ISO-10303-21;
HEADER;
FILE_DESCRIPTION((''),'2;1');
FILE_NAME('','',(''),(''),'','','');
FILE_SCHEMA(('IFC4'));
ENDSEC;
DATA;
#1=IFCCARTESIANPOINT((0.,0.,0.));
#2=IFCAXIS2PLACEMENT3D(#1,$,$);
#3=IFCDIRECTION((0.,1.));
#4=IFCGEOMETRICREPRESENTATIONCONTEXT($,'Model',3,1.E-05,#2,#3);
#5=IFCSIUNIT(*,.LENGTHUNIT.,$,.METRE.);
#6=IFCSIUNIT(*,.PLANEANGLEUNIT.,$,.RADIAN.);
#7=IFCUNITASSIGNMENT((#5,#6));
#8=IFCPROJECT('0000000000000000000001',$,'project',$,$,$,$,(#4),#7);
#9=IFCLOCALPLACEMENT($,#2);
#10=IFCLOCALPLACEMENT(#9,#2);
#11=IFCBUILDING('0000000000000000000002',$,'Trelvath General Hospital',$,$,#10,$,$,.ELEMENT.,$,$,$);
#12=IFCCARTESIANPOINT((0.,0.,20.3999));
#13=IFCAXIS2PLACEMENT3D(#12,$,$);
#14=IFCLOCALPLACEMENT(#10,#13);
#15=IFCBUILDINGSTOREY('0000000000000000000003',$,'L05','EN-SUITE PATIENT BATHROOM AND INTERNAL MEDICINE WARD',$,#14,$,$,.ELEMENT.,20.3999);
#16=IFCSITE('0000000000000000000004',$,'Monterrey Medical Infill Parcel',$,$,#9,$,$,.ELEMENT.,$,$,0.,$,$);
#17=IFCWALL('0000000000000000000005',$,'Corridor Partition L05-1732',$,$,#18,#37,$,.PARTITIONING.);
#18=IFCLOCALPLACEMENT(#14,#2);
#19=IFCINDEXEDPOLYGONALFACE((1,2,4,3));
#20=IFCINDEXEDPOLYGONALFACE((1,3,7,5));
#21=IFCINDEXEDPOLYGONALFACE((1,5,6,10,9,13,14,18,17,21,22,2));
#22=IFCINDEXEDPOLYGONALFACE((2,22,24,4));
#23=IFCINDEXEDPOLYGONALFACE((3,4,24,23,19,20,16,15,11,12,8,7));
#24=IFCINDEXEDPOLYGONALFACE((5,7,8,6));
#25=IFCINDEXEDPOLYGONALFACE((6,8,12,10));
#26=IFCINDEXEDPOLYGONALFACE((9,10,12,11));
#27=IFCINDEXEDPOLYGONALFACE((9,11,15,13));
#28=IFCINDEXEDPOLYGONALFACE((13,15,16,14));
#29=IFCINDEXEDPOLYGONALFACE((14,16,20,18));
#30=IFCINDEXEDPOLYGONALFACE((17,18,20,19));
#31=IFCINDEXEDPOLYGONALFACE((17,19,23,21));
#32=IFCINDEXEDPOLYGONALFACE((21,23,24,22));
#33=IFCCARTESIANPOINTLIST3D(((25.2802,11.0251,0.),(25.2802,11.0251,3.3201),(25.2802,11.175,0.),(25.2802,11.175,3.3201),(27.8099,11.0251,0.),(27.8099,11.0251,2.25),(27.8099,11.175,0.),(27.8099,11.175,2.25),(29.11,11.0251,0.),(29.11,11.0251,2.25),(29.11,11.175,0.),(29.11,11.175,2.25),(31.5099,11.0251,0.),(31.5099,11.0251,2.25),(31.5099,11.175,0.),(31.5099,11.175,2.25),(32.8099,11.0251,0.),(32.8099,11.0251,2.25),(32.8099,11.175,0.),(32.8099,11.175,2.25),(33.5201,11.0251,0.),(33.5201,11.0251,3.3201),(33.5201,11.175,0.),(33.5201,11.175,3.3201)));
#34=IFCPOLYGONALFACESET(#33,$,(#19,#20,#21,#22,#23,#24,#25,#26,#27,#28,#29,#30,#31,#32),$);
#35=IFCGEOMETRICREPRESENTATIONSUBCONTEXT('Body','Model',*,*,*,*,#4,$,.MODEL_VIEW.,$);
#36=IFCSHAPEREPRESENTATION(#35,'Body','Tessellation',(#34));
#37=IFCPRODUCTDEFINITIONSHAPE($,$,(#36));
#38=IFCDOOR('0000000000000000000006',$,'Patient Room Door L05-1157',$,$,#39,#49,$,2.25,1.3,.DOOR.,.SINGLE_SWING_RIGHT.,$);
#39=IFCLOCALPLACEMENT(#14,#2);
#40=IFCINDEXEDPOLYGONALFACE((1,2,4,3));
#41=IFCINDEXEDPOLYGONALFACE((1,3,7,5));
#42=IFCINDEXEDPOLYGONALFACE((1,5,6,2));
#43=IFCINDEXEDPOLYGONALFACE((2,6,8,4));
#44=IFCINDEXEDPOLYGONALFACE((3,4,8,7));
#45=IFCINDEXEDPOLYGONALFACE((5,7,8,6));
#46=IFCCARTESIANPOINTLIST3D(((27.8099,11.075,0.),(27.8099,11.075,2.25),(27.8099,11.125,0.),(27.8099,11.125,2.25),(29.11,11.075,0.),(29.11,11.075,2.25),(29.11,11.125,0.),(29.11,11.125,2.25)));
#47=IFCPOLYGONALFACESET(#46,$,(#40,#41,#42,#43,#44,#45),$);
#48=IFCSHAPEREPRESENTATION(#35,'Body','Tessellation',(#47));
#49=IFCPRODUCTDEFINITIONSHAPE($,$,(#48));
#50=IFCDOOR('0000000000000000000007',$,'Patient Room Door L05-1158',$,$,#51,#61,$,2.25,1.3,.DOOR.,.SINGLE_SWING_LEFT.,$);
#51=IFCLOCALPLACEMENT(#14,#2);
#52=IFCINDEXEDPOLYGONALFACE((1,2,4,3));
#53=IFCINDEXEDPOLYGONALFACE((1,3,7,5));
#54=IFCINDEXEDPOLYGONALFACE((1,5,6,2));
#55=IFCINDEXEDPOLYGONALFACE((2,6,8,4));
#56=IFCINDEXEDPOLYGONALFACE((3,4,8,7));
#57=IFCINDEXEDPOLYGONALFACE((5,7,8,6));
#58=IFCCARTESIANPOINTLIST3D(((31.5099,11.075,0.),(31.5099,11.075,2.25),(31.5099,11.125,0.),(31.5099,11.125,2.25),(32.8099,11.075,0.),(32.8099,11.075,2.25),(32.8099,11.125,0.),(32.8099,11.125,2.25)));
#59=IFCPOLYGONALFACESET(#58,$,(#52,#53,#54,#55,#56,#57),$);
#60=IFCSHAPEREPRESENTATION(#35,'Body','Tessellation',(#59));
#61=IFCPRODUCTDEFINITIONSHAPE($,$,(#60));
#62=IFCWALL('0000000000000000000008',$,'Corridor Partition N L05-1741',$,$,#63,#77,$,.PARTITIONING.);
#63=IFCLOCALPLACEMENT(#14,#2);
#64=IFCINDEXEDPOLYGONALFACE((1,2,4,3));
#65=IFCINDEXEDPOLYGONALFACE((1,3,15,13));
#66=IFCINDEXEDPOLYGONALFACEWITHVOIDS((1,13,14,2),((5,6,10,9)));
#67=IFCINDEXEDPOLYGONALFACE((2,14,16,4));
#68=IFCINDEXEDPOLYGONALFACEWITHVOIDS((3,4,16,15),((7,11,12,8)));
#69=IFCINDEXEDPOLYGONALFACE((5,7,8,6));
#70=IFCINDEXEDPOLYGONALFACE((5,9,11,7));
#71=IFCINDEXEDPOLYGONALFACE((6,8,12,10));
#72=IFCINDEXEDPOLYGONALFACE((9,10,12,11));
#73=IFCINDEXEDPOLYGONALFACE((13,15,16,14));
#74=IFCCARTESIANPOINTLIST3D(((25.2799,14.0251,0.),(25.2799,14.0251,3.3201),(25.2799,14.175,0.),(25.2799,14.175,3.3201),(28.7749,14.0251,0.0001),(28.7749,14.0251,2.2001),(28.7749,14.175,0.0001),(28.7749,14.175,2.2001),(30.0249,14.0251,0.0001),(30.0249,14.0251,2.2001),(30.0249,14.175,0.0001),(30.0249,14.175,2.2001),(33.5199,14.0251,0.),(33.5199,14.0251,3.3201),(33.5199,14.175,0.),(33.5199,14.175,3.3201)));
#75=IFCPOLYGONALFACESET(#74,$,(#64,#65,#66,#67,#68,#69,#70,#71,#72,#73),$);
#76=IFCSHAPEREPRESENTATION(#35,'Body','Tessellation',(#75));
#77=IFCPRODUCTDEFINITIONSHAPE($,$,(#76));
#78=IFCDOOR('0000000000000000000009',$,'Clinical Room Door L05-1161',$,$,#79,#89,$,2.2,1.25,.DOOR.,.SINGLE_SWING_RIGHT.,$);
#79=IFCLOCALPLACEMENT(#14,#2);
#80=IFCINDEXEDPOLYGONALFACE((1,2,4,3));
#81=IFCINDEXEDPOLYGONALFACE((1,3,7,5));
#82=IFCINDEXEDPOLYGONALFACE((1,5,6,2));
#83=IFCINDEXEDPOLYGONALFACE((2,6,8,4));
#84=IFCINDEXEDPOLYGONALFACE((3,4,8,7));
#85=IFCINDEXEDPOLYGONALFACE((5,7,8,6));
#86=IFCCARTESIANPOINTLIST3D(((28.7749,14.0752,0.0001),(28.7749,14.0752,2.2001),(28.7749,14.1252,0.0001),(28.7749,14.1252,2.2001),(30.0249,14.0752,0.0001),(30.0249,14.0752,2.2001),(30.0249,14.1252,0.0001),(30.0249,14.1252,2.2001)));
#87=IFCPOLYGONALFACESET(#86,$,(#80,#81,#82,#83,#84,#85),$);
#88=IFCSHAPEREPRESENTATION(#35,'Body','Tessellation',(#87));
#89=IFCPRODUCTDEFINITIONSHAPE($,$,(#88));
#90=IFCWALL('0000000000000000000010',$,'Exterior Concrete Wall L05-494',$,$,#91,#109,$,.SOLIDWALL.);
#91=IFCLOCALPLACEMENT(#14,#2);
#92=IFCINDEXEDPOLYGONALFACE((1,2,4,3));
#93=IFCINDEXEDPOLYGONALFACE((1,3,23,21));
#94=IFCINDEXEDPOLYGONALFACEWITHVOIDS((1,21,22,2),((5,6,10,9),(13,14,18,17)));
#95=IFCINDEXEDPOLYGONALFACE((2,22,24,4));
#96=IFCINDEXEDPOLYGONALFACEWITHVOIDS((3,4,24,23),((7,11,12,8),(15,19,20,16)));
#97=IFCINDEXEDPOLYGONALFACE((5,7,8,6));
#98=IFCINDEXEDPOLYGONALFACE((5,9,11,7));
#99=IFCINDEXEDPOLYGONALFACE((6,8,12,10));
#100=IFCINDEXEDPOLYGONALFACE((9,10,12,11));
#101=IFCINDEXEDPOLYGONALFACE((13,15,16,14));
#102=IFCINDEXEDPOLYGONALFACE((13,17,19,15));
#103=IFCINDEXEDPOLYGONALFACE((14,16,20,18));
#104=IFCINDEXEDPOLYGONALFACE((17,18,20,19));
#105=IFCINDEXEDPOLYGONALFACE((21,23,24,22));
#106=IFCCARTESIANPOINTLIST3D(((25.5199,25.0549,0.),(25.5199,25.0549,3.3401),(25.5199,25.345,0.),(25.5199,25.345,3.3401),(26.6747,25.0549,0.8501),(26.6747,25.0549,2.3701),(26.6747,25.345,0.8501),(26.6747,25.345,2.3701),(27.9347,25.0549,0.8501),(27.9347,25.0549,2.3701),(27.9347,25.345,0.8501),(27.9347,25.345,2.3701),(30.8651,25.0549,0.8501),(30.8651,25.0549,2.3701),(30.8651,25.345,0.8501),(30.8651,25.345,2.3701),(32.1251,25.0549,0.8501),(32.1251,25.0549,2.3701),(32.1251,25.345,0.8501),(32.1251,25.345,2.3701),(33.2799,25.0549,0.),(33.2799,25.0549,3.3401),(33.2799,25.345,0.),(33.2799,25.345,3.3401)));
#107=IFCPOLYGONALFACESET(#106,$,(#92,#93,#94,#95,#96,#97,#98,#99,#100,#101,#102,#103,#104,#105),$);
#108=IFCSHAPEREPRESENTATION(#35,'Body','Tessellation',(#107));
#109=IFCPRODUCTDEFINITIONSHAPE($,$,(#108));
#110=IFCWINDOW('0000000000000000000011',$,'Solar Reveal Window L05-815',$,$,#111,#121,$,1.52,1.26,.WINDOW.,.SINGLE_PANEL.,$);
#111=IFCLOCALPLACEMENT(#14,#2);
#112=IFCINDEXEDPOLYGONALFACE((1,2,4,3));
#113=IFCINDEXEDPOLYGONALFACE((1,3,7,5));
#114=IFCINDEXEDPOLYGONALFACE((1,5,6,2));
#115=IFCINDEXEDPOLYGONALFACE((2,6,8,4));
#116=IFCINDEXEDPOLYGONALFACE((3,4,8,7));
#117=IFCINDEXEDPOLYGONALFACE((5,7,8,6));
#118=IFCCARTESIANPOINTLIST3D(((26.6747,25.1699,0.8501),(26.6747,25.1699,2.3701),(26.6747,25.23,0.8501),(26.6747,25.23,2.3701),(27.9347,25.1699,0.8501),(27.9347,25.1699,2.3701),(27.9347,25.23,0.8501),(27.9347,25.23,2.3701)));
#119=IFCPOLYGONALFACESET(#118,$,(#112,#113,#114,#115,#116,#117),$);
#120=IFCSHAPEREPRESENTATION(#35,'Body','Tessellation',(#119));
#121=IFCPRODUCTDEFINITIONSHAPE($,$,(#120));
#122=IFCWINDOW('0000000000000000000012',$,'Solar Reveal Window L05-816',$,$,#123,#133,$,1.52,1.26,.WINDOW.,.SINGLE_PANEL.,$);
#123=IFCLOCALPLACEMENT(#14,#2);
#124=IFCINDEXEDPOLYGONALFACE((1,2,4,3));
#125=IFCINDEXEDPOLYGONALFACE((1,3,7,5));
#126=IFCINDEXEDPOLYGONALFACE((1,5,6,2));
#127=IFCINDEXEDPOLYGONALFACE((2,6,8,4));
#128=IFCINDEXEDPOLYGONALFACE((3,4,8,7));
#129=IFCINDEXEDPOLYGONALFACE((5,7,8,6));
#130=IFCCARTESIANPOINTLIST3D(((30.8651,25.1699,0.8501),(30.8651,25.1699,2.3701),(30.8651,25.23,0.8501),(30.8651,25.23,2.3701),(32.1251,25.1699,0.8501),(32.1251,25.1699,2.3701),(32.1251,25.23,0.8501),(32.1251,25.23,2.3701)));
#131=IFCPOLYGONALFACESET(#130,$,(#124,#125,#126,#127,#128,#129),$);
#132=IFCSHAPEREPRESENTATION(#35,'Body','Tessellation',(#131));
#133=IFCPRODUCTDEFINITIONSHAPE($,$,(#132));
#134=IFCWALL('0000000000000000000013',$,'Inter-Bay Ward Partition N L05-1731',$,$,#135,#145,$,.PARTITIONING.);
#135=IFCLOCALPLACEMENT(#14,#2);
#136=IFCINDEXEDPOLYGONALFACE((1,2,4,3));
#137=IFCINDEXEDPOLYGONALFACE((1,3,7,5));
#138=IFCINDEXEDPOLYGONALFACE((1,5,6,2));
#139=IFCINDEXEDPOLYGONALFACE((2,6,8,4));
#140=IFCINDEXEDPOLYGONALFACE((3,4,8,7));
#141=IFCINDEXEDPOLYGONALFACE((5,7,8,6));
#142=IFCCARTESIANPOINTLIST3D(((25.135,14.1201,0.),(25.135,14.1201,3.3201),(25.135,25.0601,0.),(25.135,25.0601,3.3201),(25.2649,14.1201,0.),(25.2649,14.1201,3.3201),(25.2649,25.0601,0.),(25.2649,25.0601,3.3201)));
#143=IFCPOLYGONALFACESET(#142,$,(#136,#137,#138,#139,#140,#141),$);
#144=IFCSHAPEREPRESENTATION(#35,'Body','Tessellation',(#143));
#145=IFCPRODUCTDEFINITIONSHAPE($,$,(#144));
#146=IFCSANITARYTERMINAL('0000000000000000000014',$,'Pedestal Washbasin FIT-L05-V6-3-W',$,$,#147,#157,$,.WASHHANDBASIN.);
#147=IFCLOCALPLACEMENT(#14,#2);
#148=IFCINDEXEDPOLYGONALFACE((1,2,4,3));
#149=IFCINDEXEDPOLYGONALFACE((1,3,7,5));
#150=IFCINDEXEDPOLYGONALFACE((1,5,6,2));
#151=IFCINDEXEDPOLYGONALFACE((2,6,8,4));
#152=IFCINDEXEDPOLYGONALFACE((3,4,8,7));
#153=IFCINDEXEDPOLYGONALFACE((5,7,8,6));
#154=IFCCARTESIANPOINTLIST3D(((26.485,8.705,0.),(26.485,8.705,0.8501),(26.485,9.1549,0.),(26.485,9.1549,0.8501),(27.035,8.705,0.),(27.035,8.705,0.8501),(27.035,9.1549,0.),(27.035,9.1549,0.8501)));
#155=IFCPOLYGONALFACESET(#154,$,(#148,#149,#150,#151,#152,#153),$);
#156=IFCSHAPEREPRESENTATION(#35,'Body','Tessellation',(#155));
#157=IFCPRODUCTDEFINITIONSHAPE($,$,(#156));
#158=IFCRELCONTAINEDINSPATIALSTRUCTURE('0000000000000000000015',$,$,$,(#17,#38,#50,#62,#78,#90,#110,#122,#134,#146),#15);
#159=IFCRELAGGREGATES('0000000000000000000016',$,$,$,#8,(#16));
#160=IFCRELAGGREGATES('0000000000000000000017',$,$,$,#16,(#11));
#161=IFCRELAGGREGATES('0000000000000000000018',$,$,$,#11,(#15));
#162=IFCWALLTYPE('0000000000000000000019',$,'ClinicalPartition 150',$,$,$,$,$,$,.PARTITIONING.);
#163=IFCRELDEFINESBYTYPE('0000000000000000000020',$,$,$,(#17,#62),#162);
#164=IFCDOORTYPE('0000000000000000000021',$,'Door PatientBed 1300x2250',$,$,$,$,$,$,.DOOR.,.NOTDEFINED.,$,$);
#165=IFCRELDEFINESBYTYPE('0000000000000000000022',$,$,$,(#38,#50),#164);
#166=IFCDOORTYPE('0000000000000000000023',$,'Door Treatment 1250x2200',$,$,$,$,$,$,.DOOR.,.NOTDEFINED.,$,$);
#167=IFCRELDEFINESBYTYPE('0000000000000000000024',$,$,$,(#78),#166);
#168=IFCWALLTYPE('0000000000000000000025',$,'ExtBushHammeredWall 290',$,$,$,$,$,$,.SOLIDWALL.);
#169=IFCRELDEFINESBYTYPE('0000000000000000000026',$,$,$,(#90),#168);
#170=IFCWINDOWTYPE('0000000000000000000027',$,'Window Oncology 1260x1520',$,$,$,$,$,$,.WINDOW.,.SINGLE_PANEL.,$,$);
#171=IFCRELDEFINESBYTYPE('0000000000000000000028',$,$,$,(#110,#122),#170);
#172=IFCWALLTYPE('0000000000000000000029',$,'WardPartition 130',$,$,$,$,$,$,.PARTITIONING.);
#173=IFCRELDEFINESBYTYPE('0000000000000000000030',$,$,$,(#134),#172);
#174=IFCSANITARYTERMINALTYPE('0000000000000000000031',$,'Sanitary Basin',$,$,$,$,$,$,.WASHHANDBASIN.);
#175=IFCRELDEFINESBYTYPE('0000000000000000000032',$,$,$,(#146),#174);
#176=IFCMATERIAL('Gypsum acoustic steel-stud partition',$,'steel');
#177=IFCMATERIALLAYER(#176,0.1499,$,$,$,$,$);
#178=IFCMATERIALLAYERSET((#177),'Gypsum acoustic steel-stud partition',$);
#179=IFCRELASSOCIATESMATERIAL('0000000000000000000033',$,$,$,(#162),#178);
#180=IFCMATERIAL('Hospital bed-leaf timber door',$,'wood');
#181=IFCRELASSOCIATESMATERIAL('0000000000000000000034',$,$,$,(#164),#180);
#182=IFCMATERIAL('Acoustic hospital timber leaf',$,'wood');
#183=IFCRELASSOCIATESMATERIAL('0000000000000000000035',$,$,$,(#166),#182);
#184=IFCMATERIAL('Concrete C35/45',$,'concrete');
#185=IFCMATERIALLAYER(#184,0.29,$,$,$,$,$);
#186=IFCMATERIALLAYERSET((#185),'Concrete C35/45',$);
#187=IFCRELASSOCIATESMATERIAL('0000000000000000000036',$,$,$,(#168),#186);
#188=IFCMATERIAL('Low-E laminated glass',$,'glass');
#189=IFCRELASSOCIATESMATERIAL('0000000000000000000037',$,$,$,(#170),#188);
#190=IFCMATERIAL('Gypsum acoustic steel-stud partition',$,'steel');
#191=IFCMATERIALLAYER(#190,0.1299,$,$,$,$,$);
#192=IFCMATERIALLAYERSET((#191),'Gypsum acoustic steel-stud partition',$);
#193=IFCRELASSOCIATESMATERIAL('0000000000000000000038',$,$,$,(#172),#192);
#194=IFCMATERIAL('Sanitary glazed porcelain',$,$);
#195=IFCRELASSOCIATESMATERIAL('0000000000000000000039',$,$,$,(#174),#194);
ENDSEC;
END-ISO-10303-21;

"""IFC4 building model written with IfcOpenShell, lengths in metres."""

from ifc_helpers import new_model, si_unit, direction, frame, frame_2d, origin, origin_2d, place, context, subcontext, project, spatial, rectangle, extrude, material, layer, layer_set, type_object, element, fill, save


model = new_model("IFC4")

# Units and contexts
model_context = context("Model", 3, precision=1e-05, world=origin(), true_north=direction((0.0, 1.0)))
body_context = subcontext(model_context, "Body", "Model", "MODEL_VIEW")
ifc_project = project(units=[si_unit("LENGTHUNIT", "METRE"), si_unit("PLANEANGLEUNIT", "RADIAN")], contexts=[model_context])

# Site, building, storey
site_placement = place(None, origin())
site = spatial("IfcSite", under=ifc_project, at=site_placement, Name="Monterrey Medical Infill Parcel", CompositionType="ELEMENT", RefElevation=0.0)
building_placement = place(site_placement, origin())
building = spatial("IfcBuilding", under=site, at=building_placement, Name="Trelvath General Hospital", CompositionType="ELEMENT")
storey_placement = place(building_placement, frame((0.0, 0.0, 20.3999)))
storey = spatial("IfcBuildingStorey", under=building, at=storey_placement, Name="L05", Description="EN-SUITE PATIENT BATHROOM AND INTERNAL MEDICINE WARD", CompositionType="ELEMENT", Elevation=20.3999)

# Wall, openings, doors
ifc_material_1 = material(Name="Gypsum acoustic steel-stud partition", Category="steel")
ifc_layer_1 = layer(ifc_material_1, 0.1499)
ifc_layer_set_1 = layer_set([ifc_layer_1], Name="Gypsum acoustic steel-stud partition")
wall_type_1 = type_object("IfcWallType", Name="ClinicalPartition 150", PredefinedType="PARTITIONING", material=ifc_layer_set_1)
ifc_material_2 = material(Name="Hospital bed-leaf timber door", Category="wood")
door_type_1 = type_object("IfcDoorType", Name="Door PatientBed 1300x2250", OperationType="NOTDEFINED", PredefinedType="DOOR", material=ifc_material_2)
wall_1_placement = place(storey_placement, frame((25.28, 11.1001, 0.0), z_axis=(0.0, 0.0, 1.0), x_axis=(1.0, 0.0, 0.0)))
wall_1 = element("IfcWall", 1, at=wall_1_placement, inside=storey, type_object=wall_type_1, Name="Corridor Partition L05-1732", PredefinedType="PARTITIONING", context=body_context, shape_type="SweptSolid", body=[
    extrude(rectangle(XDim=8.24, YDim=0.1499, at=frame_2d((4.1201, 0.0))), origin(), (0.0, 0.0, 1.0), 3.3201),
])
opening_1_placement = place(wall_1_placement, frame((2.53, 0.0, 0.0)))
opening_1 = element("IfcOpeningElement", 2, at=opening_1_placement, cuts=wall_1, PredefinedType="OPENING", context=body_context, shape_type="SweptSolid", body=[
    extrude(rectangle(XDim=1.3, YDim=2.25, at=frame_2d((0.6499, 1.125))), frame((0.0, 0.085, 0.0), z_axis=(0.0, -1.0, 0.0), x_axis=(1.0, 0.0, 0.0)), (0.0, 0.0, 1.0), 0.1699),
])
opening_2_placement = place(wall_1_placement, frame((6.23, 0.0, 0.0)))
opening_2 = element("IfcOpeningElement", 3, at=opening_2_placement, cuts=wall_1, PredefinedType="OPENING", context=body_context, shape_type="SweptSolid", body=[
    extrude(rectangle(XDim=1.3, YDim=2.25, at=frame_2d((0.6499, 1.125))), frame((0.0, 0.085, 0.0), z_axis=(0.0, -1.0, 0.0), x_axis=(1.0, 0.0, 0.0)), (0.0, 0.0, 1.0), 0.1699),
])
door_1_placement = place(opening_1_placement, origin())
door_1 = element("IfcDoor", 4, at=door_1_placement, inside=storey, type_object=door_type_1, Name="Patient Room Door L05-1157", OperationType="SINGLE_SWING_RIGHT", OverallHeight=2.25, OverallWidth=1.3, PredefinedType="DOOR", context=body_context, shape_type="SweptSolid", body=[
    extrude(rectangle(XDim=1.3, YDim=2.25, at=frame_2d((0.6499, 1.125))), frame((0.0, 0.0249, 0.0), z_axis=(0.0, -1.0, 0.0), x_axis=(1.0, 0.0, 0.0)), (0.0, 0.0, 1.0), 0.05),
])
fill(opening_1, door_1)
door_2_placement = place(opening_2_placement, origin())
door_2 = element("IfcDoor", 5, at=door_2_placement, inside=storey, type_object=door_type_1, Name="Patient Room Door L05-1158", OperationType="SINGLE_SWING_LEFT", OverallHeight=2.25, OverallWidth=1.3, PredefinedType="DOOR", context=body_context, shape_type="SweptSolid", body=[
    extrude(rectangle(XDim=1.3, YDim=2.25, at=frame_2d((0.6499, 1.125))), frame((0.0, 0.0249, 0.0), z_axis=(0.0, -1.0, 0.0), x_axis=(1.0, 0.0, 0.0)), (0.0, 0.0, 1.0), 0.05),
])
fill(opening_2, door_2)

# Wall, opening, door
wall_2_placement = place(storey_placement, frame((33.52, 14.1001, 0.0), z_axis=(0.0, 0.0, 1.0), x_axis=(-1.0, 0.0, 0.0)))
wall_2 = element("IfcWall", 6, at=wall_2_placement, inside=storey, type_object=wall_type_1, Name="Corridor Partition N L05-1741", PredefinedType="PARTITIONING", context=body_context, shape_type="SweptSolid", body=[
    extrude(rectangle(XDim=8.24, YDim=0.1499, at=frame_2d((4.1201, 0.0))), origin(), (0.0, 0.0, 1.0), 3.3201),
])
opening_3_placement = place(wall_2_placement, frame((3.4951, 0.0, 0.0)))
opening_3 = element("IfcOpeningElement", 7, at=opening_3_placement, cuts=wall_2, PredefinedType="OPENING", context=body_context, shape_type="SweptSolid", body=[
    extrude(rectangle(XDim=1.25, YDim=2.2, at=frame_2d((0.625, 1.1001))), frame((0.0, 0.085, 0.0), z_axis=(0.0, -1.0, 0.0), x_axis=(1.0, 0.0, 0.0)), (0.0, 0.0, 1.0), 0.1699),
])
ifc_material_3 = material(Name="Acoustic hospital timber leaf", Category="wood")
door_type_2 = type_object("IfcDoorType", Name="Door Treatment 1250x2200", OperationType="NOTDEFINED", PredefinedType="DOOR", material=ifc_material_3)
door_3_placement = place(opening_3_placement, origin())
door_3 = element("IfcDoor", 8, at=door_3_placement, inside=storey, type_object=door_type_2, Name="Clinical Room Door L05-1161", OperationType="SINGLE_SWING_RIGHT", OverallHeight=2.2, OverallWidth=1.25, PredefinedType="DOOR", context=body_context, shape_type="SweptSolid", body=[
    extrude(rectangle(XDim=1.25, YDim=2.2, at=frame_2d((0.625, 1.1001))), frame((0.0, 0.0249, 0.0), z_axis=(0.0, -1.0, 0.0), x_axis=(1.0, 0.0, 0.0)), (0.0, 0.0, 1.0), 0.05),
])
fill(opening_3, door_3)

# Wall, openings, windows
ifc_material_4 = material(Name="Concrete C35/45", Category="concrete")
ifc_layer_2 = layer(ifc_material_4, 0.29)
ifc_layer_set_2 = layer_set([ifc_layer_2], Name="Concrete C35/45")
wall_type_2 = type_object("IfcWallType", Name="ExtBushHammeredWall 290", PredefinedType="SOLIDWALL", material=ifc_layer_set_2)
wall_3_placement = place(storey_placement, frame((25.52, 25.2, 0.0), z_axis=(0.0, 0.0, 1.0), x_axis=(1.0, 0.0, 0.0)))
wall_3 = element("IfcWall", 9, at=wall_3_placement, inside=storey, type_object=wall_type_2, Name="Exterior Concrete Wall L05-494", PredefinedType="SOLIDWALL", context=body_context, shape_type="SweptSolid", body=[
    extrude(rectangle(XDim=7.76, YDim=0.29, at=frame_2d((3.8799, 0.0))), origin(), (0.0, 0.0, 1.0), 3.3401),
])
opening_4_placement = place(wall_3_placement, frame((1.1548, 0.0, 0.8501)))
opening_4 = element("IfcOpeningElement", 10, at=opening_4_placement, cuts=wall_3, PredefinedType="OPENING", context=body_context, shape_type="SweptSolid", body=[
    extrude(rectangle(XDim=1.26, YDim=1.52, at=frame_2d((0.6299, 0.76))), frame((0.0, 0.155, 0.0), z_axis=(0.0, -1.0, 0.0), x_axis=(1.0, 0.0, 0.0)), (0.0, 0.0, 1.0), 0.3101),
])
opening_5_placement = place(wall_3_placement, frame((5.3452, 0.0, 0.8501)))
opening_5 = element("IfcOpeningElement", 11, at=opening_5_placement, cuts=wall_3, PredefinedType="OPENING", context=body_context, shape_type="SweptSolid", body=[
    extrude(rectangle(XDim=1.26, YDim=1.52, at=frame_2d((0.6299, 0.76))), frame((0.0, 0.155, 0.0), z_axis=(0.0, -1.0, 0.0), x_axis=(1.0, 0.0, 0.0)), (0.0, 0.0, 1.0), 0.3101),
])
ifc_material_5 = material(Name="Low-E laminated glass", Category="glass")
window_type = type_object("IfcWindowType", Name="Window Oncology 1260x1520", PartitioningType="SINGLE_PANEL", PredefinedType="WINDOW", material=ifc_material_5)
window_1_placement = place(opening_4_placement, origin())
window_1 = element("IfcWindow", 12, at=window_1_placement, inside=storey, type_object=window_type, Name="Solar Reveal Window L05-815", OverallHeight=1.52, OverallWidth=1.26, PartitioningType="SINGLE_PANEL", PredefinedType="WINDOW", context=body_context, shape_type="SweptSolid", body=[
    extrude(rectangle(XDim=1.26, YDim=1.52, at=frame_2d((0.6299, 0.76))), frame((0.0, 0.03, 0.0), z_axis=(0.0, -1.0, 0.0), x_axis=(1.0, 0.0, 0.0)), (0.0, 0.0, 1.0), 0.0601),
])
fill(opening_4, window_1)
window_2_placement = place(opening_5_placement, origin())
window_2 = element("IfcWindow", 13, at=window_2_placement, inside=storey, type_object=window_type, Name="Solar Reveal Window L05-816", OverallHeight=1.52, OverallWidth=1.26, PartitioningType="SINGLE_PANEL", PredefinedType="WINDOW", context=body_context, shape_type="SweptSolid", body=[
    extrude(rectangle(XDim=1.26, YDim=1.52, at=frame_2d((0.6299, 0.76))), frame((0.0, 0.03, 0.0), z_axis=(0.0, -1.0, 0.0), x_axis=(1.0, 0.0, 0.0)), (0.0, 0.0, 1.0), 0.0601),
])
fill(opening_5, window_2)

# Wall
ifc_material_6 = material(Name="Gypsum acoustic steel-stud partition", Category="steel")
ifc_layer_3 = layer(ifc_material_6, 0.1299)
ifc_layer_set_3 = layer_set([ifc_layer_3], Name="Gypsum acoustic steel-stud partition")
wall_type_3 = type_object("IfcWallType", Name="WardPartition 130", PredefinedType="PARTITIONING", material=ifc_layer_set_3)
wall_4_placement = place(storey_placement, frame((25.2, 14.1201, 0.0), z_axis=(0.0, 0.0, 1.0), x_axis=(0.0, 1.0, 0.0)))
element("IfcWall", 14, at=wall_4_placement, inside=storey, type_object=wall_type_3, Name="Inter-Bay Ward Partition N L05-1731", PredefinedType="PARTITIONING", context=body_context, shape_type="SweptSolid", body=[
    extrude(rectangle(XDim=10.9399, YDim=0.1299, at=frame_2d((5.47, 0.0))), origin(), (0.0, 0.0, 1.0), 3.3201),
])

# Sanitary terminal
ifc_material_7 = material(Name="Sanitary glazed porcelain")
sanitary_terminal_type_1 = type_object("IfcSanitaryTerminalType", Name="Sanitary Basin", PredefinedType="WASHHANDBASIN", material=ifc_material_7)
sanitary_terminal_1_placement = place(storey_placement, frame((26.76, 8.9299, 0.0), z_axis=(0.0, 0.0, 1.0), x_axis=(1.0, 0.0, 0.0)))
element("IfcSanitaryTerminal", 15, at=sanitary_terminal_1_placement, inside=storey, type_object=sanitary_terminal_type_1, Name="Pedestal Washbasin FIT-L05-V6-3-W", PredefinedType="WASHHANDBASIN", context=body_context, shape_type="SweptSolid", body=[
    extrude(rectangle(XDim=0.55, YDim=0.45, at=origin_2d()), origin(), (0.0, 0.0, 1.0), 0.8501),
])

save(model, "model.ifc")
